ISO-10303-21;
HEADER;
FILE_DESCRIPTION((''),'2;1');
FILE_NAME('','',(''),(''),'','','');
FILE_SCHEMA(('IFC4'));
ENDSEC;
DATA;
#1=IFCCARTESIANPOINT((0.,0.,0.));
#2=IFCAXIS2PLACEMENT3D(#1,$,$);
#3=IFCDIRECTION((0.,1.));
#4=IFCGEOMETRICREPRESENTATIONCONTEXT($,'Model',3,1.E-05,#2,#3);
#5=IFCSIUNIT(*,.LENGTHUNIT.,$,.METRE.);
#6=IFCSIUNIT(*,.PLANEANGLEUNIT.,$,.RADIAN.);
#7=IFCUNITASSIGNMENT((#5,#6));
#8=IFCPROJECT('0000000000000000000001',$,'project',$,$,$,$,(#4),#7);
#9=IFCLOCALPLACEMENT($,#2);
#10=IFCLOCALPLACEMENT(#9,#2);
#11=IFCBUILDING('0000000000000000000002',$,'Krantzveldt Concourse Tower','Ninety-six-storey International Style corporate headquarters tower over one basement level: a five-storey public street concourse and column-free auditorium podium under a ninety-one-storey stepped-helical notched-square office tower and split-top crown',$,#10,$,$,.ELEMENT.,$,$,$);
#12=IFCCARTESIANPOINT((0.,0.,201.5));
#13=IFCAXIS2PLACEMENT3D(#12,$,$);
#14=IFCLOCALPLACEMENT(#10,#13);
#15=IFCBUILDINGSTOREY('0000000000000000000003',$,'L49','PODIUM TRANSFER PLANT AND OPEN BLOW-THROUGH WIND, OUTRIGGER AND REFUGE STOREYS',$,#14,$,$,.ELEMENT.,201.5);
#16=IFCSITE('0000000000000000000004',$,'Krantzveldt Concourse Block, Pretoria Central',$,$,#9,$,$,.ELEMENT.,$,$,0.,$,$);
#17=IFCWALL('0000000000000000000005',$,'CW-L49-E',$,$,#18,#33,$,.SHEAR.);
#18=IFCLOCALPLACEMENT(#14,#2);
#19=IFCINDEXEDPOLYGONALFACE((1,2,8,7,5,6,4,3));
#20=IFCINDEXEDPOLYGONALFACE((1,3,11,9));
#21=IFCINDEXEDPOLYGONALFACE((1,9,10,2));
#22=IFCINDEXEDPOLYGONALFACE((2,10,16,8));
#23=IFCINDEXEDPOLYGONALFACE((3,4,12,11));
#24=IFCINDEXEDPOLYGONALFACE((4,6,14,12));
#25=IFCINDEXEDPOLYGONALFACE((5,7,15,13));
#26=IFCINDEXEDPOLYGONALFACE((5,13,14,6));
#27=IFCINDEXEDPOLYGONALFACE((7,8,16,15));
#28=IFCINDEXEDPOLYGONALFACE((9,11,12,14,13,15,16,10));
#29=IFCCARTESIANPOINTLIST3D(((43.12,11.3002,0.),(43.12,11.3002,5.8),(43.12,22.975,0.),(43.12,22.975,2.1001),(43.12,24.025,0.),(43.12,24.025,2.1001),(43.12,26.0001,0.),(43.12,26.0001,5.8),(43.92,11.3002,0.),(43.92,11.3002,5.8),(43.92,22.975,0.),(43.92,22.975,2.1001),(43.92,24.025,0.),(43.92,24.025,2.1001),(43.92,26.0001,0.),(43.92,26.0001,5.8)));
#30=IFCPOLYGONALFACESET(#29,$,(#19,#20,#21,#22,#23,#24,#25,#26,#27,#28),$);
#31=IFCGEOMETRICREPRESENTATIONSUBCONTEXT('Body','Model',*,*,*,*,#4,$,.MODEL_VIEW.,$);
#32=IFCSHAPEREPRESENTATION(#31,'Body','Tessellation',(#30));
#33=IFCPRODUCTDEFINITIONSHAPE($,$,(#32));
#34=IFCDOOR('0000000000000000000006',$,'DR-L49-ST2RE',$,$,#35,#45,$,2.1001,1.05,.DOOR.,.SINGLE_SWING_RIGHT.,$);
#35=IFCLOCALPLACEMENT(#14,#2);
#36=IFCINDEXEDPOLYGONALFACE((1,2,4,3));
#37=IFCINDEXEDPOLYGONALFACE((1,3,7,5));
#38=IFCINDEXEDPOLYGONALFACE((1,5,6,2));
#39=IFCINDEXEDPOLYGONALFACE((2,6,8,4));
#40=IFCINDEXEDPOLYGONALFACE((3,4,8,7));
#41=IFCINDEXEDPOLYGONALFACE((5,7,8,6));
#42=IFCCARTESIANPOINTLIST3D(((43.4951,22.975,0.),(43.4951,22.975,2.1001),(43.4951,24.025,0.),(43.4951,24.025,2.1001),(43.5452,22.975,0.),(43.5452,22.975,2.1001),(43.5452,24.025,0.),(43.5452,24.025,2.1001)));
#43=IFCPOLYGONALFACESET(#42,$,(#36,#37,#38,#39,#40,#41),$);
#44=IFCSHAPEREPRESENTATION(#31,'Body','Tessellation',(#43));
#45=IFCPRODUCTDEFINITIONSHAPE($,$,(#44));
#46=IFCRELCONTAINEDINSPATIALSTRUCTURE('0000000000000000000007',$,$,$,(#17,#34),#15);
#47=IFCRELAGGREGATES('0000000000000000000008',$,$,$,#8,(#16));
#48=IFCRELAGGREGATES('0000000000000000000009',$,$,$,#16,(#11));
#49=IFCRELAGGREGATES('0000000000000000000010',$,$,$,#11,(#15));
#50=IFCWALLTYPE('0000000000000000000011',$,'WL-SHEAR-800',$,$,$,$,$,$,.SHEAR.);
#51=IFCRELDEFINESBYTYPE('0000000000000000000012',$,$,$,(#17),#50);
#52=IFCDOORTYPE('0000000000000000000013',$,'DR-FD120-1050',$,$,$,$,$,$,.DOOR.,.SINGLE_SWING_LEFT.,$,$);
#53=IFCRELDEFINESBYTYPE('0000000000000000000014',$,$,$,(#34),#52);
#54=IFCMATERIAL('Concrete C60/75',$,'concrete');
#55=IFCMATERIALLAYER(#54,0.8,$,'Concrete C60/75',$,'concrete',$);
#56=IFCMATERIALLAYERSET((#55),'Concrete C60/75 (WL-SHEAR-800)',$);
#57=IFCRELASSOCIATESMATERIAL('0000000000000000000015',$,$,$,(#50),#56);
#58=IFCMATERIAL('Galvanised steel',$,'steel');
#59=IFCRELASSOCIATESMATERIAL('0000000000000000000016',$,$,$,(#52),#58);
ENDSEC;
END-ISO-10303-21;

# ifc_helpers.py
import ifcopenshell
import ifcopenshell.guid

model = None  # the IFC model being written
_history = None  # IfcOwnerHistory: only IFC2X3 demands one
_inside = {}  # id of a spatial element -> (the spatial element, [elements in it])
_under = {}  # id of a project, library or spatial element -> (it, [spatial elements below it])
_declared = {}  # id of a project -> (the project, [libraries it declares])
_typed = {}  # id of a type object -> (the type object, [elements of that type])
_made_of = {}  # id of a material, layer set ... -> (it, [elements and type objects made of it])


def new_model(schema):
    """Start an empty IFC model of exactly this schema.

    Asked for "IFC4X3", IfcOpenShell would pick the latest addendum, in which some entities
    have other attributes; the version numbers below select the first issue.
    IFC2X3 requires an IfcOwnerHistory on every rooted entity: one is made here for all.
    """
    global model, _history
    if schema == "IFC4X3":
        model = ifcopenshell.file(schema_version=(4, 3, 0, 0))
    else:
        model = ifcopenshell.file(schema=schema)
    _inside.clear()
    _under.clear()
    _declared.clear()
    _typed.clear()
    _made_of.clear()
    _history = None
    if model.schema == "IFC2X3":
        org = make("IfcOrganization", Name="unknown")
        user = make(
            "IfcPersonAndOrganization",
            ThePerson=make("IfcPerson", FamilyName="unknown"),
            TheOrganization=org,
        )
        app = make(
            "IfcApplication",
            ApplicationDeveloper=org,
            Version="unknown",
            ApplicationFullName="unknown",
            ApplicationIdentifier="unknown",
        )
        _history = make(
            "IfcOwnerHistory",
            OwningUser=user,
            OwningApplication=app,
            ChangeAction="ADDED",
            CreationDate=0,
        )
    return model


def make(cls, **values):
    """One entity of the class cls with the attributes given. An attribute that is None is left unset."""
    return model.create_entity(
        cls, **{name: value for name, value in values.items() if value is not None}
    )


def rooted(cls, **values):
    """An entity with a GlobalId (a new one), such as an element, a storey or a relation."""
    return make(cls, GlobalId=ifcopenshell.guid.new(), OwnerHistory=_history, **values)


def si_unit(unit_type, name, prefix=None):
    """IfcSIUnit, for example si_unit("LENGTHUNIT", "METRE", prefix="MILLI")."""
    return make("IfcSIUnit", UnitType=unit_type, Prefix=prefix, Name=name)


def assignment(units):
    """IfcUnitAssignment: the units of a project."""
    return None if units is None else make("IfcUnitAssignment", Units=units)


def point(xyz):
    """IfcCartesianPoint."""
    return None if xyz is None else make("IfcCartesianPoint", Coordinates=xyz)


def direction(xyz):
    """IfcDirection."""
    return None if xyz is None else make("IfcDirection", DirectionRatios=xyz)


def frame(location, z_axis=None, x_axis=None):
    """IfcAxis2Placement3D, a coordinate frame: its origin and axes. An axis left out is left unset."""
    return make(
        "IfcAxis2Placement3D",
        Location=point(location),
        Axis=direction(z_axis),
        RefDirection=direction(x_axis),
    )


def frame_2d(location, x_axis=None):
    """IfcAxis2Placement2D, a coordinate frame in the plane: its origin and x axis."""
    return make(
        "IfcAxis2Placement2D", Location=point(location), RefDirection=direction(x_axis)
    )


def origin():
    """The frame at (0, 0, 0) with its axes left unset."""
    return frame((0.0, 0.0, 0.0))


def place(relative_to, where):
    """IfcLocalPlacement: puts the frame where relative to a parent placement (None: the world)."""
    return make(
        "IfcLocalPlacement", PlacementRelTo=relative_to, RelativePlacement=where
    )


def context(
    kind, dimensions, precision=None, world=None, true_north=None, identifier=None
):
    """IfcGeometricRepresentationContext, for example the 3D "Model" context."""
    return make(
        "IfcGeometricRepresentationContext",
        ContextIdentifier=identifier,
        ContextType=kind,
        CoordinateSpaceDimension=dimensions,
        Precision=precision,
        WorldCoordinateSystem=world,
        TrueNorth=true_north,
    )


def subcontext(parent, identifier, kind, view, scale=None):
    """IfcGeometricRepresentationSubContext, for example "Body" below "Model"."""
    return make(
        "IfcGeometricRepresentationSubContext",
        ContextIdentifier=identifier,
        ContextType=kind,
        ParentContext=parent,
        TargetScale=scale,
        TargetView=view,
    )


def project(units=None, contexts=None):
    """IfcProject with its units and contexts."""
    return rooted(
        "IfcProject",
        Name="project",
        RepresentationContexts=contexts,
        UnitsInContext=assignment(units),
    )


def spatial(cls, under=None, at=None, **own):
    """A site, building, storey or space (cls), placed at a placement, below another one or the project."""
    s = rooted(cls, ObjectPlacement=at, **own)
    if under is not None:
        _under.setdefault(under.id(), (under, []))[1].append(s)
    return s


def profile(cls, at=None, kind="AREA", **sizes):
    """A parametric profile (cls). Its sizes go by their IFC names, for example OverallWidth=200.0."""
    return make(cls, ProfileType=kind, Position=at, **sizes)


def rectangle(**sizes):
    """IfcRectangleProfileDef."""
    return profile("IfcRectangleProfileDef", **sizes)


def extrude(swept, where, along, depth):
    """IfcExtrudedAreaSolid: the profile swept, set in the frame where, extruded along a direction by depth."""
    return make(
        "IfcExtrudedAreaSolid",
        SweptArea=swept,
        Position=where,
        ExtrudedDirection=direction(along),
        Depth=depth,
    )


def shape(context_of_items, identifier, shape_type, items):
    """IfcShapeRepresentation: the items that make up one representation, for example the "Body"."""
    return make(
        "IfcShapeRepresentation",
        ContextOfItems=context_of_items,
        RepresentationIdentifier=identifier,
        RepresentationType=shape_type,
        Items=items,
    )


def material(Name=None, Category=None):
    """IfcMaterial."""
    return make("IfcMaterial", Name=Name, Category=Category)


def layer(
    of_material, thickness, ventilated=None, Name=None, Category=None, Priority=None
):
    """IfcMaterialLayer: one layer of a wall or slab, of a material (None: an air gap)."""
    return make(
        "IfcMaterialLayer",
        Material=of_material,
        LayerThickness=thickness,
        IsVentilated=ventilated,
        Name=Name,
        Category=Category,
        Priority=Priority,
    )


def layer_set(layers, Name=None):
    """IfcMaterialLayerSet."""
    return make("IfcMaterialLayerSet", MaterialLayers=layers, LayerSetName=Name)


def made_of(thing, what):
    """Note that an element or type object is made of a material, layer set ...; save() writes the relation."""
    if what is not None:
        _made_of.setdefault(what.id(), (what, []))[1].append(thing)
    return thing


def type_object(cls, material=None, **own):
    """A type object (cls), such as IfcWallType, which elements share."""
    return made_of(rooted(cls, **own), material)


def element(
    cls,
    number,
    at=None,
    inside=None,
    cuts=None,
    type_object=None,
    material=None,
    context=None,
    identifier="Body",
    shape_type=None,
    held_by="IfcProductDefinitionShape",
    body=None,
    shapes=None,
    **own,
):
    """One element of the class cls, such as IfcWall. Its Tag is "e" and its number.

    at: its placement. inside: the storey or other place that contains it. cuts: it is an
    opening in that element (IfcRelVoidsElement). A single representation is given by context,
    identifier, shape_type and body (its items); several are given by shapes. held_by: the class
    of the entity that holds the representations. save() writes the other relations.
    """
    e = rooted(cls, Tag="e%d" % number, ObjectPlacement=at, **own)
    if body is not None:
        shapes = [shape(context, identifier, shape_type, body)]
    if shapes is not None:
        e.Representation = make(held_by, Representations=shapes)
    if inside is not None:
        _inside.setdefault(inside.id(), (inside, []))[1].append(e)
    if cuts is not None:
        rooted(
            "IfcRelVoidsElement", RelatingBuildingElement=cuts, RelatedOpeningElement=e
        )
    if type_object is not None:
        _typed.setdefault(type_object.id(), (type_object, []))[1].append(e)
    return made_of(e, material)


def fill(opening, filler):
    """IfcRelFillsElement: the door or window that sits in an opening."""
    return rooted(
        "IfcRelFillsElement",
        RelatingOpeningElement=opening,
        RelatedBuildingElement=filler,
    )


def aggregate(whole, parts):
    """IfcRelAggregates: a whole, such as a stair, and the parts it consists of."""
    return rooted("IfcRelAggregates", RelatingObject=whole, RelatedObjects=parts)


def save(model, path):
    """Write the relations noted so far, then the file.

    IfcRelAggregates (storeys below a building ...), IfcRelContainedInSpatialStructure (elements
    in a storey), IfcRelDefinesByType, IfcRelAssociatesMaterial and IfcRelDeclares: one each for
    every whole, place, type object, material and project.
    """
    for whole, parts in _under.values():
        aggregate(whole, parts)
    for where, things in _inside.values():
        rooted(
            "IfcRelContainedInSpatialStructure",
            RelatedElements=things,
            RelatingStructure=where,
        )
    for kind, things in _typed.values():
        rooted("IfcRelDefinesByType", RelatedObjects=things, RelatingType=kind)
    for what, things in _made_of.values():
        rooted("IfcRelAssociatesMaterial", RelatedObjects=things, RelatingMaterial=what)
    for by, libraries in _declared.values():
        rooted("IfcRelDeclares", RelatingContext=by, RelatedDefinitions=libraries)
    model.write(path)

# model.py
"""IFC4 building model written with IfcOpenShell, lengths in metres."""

from ifc_helpers import new_model, si_unit, direction, frame, frame_2d, origin, place, context, subcontext, project, spatial, rectangle, extrude, material, layer, layer_set, type_object, element, fill, save


model = new_model("IFC4")

# Units and contexts
model_context = context("Model", 3, precision=1e-05, world=origin(), true_north=direction((0.0, 1.0)))
body_context = subcontext(model_context, "Body", "Model", "MODEL_VIEW")
ifc_project = project(units=[si_unit("LENGTHUNIT", "METRE"), si_unit("PLANEANGLEUNIT", "RADIAN")], contexts=[model_context])

# Site, building, storey
site_placement = place(None, origin())
site = spatial("IfcSite", under=ifc_project, at=site_placement, Name="Krantzveldt Concourse Block, Pretoria Central", CompositionType="ELEMENT", RefElevation=0.0)
building_placement = place(site_placement, origin())
building = spatial("IfcBuilding", under=site, at=building_placement, Name="Krantzveldt Concourse Tower", Description="Ninety-six-storey International Style corporate headquarters tower over one basement level: a five-storey public street concourse and column-free auditorium podium under a ninety-one-storey stepped-helical notched-square office tower and split-top crown", CompositionType="ELEMENT")
storey_placement = place(building_placement, frame((0.0, 0.0, 201.5)))
storey = spatial("IfcBuildingStorey", under=building, at=storey_placement, Name="L49", Description="PODIUM TRANSFER PLANT AND OPEN BLOW-THROUGH WIND, OUTRIGGER AND REFUGE STOREYS", CompositionType="ELEMENT", Elevation=201.5)

# Wall, opening, door
ifc_material_1 = material(Name="Concrete C60/75", Category="concrete")
ifc_layer_1 = layer(ifc_material_1, 0.8, Name="Concrete C60/75", Category="concrete")
ifc_layer_set_1 = layer_set([ifc_layer_1], Name="Concrete C60/75 (WL-SHEAR-800)")
wall_type_1 = type_object("IfcWallType", Name="WL-SHEAR-800", PredefinedType="SHEAR", material=ifc_layer_set_1)
wall_1_placement = place(storey_placement, frame((43.52, 11.3, 0.0), z_axis=(0.0, 0.0, 1.0), x_axis=(0.0, 1.0, 0.0)))
wall_1 = element("IfcWall", 1, at=wall_1_placement, inside=storey, type_object=wall_type_1, Name="CW-L49-E", PredefinedType="SHEAR", context=body_context, shape_type="SweptSolid", body=[
    extrude(rectangle(XDim=14.7, YDim=0.8, at=frame_2d((7.3501, 0.0))), origin(), (0.0, 0.0, 1.0), 5.8),
])
opening_1_placement = place(wall_1_placement, frame((11.675, 0.0, 0.0)))
opening_1 = element("IfcOpeningElement", 2, at=opening_1_placement, cuts=wall_1, PredefinedType="OPENING", context=body_context, shape_type="SweptSolid", body=[
    extrude(rectangle(XDim=1.05, YDim=2.1001, at=frame_2d((0.5249, 1.05))), frame((0.0, 0.4102, 0.0), z_axis=(0.0, -1.0, 0.0), x_axis=(1.0, 0.0, 0.0)), (0.0, 0.0, 1.0), 0.8201),
])
ifc_material_2 = material(Name="Galvanised steel", Category="steel")
door_type_1 = type_object("IfcDoorType", Name="DR-FD120-1050", OperationType="SINGLE_SWING_LEFT", PredefinedType="DOOR", material=ifc_material_2)
door_1_placement = place(opening_1_placement, origin())
door_1 = element("IfcDoor", 3, at=door_1_placement, inside=storey, type_object=door_type_1, Name="DR-L49-ST2RE", OperationType="SINGLE_SWING_RIGHT", OverallHeight=2.1001, OverallWidth=1.05, PredefinedType="DOOR", context=body_context, shape_type="SweptSolid", body=[
    extrude(rectangle(XDim=1.05, YDim=2.1001, at=frame_2d((0.5249, 1.05))), frame((0.0, 0.0249, 0.0), z_axis=(0.0, -1.0, 0.0), x_axis=(1.0, 0.0, 0.0)), (0.0, 0.0, 1.0), 0.05),
])
fill(opening_1, door_1)

save(model, "model.ifc")
